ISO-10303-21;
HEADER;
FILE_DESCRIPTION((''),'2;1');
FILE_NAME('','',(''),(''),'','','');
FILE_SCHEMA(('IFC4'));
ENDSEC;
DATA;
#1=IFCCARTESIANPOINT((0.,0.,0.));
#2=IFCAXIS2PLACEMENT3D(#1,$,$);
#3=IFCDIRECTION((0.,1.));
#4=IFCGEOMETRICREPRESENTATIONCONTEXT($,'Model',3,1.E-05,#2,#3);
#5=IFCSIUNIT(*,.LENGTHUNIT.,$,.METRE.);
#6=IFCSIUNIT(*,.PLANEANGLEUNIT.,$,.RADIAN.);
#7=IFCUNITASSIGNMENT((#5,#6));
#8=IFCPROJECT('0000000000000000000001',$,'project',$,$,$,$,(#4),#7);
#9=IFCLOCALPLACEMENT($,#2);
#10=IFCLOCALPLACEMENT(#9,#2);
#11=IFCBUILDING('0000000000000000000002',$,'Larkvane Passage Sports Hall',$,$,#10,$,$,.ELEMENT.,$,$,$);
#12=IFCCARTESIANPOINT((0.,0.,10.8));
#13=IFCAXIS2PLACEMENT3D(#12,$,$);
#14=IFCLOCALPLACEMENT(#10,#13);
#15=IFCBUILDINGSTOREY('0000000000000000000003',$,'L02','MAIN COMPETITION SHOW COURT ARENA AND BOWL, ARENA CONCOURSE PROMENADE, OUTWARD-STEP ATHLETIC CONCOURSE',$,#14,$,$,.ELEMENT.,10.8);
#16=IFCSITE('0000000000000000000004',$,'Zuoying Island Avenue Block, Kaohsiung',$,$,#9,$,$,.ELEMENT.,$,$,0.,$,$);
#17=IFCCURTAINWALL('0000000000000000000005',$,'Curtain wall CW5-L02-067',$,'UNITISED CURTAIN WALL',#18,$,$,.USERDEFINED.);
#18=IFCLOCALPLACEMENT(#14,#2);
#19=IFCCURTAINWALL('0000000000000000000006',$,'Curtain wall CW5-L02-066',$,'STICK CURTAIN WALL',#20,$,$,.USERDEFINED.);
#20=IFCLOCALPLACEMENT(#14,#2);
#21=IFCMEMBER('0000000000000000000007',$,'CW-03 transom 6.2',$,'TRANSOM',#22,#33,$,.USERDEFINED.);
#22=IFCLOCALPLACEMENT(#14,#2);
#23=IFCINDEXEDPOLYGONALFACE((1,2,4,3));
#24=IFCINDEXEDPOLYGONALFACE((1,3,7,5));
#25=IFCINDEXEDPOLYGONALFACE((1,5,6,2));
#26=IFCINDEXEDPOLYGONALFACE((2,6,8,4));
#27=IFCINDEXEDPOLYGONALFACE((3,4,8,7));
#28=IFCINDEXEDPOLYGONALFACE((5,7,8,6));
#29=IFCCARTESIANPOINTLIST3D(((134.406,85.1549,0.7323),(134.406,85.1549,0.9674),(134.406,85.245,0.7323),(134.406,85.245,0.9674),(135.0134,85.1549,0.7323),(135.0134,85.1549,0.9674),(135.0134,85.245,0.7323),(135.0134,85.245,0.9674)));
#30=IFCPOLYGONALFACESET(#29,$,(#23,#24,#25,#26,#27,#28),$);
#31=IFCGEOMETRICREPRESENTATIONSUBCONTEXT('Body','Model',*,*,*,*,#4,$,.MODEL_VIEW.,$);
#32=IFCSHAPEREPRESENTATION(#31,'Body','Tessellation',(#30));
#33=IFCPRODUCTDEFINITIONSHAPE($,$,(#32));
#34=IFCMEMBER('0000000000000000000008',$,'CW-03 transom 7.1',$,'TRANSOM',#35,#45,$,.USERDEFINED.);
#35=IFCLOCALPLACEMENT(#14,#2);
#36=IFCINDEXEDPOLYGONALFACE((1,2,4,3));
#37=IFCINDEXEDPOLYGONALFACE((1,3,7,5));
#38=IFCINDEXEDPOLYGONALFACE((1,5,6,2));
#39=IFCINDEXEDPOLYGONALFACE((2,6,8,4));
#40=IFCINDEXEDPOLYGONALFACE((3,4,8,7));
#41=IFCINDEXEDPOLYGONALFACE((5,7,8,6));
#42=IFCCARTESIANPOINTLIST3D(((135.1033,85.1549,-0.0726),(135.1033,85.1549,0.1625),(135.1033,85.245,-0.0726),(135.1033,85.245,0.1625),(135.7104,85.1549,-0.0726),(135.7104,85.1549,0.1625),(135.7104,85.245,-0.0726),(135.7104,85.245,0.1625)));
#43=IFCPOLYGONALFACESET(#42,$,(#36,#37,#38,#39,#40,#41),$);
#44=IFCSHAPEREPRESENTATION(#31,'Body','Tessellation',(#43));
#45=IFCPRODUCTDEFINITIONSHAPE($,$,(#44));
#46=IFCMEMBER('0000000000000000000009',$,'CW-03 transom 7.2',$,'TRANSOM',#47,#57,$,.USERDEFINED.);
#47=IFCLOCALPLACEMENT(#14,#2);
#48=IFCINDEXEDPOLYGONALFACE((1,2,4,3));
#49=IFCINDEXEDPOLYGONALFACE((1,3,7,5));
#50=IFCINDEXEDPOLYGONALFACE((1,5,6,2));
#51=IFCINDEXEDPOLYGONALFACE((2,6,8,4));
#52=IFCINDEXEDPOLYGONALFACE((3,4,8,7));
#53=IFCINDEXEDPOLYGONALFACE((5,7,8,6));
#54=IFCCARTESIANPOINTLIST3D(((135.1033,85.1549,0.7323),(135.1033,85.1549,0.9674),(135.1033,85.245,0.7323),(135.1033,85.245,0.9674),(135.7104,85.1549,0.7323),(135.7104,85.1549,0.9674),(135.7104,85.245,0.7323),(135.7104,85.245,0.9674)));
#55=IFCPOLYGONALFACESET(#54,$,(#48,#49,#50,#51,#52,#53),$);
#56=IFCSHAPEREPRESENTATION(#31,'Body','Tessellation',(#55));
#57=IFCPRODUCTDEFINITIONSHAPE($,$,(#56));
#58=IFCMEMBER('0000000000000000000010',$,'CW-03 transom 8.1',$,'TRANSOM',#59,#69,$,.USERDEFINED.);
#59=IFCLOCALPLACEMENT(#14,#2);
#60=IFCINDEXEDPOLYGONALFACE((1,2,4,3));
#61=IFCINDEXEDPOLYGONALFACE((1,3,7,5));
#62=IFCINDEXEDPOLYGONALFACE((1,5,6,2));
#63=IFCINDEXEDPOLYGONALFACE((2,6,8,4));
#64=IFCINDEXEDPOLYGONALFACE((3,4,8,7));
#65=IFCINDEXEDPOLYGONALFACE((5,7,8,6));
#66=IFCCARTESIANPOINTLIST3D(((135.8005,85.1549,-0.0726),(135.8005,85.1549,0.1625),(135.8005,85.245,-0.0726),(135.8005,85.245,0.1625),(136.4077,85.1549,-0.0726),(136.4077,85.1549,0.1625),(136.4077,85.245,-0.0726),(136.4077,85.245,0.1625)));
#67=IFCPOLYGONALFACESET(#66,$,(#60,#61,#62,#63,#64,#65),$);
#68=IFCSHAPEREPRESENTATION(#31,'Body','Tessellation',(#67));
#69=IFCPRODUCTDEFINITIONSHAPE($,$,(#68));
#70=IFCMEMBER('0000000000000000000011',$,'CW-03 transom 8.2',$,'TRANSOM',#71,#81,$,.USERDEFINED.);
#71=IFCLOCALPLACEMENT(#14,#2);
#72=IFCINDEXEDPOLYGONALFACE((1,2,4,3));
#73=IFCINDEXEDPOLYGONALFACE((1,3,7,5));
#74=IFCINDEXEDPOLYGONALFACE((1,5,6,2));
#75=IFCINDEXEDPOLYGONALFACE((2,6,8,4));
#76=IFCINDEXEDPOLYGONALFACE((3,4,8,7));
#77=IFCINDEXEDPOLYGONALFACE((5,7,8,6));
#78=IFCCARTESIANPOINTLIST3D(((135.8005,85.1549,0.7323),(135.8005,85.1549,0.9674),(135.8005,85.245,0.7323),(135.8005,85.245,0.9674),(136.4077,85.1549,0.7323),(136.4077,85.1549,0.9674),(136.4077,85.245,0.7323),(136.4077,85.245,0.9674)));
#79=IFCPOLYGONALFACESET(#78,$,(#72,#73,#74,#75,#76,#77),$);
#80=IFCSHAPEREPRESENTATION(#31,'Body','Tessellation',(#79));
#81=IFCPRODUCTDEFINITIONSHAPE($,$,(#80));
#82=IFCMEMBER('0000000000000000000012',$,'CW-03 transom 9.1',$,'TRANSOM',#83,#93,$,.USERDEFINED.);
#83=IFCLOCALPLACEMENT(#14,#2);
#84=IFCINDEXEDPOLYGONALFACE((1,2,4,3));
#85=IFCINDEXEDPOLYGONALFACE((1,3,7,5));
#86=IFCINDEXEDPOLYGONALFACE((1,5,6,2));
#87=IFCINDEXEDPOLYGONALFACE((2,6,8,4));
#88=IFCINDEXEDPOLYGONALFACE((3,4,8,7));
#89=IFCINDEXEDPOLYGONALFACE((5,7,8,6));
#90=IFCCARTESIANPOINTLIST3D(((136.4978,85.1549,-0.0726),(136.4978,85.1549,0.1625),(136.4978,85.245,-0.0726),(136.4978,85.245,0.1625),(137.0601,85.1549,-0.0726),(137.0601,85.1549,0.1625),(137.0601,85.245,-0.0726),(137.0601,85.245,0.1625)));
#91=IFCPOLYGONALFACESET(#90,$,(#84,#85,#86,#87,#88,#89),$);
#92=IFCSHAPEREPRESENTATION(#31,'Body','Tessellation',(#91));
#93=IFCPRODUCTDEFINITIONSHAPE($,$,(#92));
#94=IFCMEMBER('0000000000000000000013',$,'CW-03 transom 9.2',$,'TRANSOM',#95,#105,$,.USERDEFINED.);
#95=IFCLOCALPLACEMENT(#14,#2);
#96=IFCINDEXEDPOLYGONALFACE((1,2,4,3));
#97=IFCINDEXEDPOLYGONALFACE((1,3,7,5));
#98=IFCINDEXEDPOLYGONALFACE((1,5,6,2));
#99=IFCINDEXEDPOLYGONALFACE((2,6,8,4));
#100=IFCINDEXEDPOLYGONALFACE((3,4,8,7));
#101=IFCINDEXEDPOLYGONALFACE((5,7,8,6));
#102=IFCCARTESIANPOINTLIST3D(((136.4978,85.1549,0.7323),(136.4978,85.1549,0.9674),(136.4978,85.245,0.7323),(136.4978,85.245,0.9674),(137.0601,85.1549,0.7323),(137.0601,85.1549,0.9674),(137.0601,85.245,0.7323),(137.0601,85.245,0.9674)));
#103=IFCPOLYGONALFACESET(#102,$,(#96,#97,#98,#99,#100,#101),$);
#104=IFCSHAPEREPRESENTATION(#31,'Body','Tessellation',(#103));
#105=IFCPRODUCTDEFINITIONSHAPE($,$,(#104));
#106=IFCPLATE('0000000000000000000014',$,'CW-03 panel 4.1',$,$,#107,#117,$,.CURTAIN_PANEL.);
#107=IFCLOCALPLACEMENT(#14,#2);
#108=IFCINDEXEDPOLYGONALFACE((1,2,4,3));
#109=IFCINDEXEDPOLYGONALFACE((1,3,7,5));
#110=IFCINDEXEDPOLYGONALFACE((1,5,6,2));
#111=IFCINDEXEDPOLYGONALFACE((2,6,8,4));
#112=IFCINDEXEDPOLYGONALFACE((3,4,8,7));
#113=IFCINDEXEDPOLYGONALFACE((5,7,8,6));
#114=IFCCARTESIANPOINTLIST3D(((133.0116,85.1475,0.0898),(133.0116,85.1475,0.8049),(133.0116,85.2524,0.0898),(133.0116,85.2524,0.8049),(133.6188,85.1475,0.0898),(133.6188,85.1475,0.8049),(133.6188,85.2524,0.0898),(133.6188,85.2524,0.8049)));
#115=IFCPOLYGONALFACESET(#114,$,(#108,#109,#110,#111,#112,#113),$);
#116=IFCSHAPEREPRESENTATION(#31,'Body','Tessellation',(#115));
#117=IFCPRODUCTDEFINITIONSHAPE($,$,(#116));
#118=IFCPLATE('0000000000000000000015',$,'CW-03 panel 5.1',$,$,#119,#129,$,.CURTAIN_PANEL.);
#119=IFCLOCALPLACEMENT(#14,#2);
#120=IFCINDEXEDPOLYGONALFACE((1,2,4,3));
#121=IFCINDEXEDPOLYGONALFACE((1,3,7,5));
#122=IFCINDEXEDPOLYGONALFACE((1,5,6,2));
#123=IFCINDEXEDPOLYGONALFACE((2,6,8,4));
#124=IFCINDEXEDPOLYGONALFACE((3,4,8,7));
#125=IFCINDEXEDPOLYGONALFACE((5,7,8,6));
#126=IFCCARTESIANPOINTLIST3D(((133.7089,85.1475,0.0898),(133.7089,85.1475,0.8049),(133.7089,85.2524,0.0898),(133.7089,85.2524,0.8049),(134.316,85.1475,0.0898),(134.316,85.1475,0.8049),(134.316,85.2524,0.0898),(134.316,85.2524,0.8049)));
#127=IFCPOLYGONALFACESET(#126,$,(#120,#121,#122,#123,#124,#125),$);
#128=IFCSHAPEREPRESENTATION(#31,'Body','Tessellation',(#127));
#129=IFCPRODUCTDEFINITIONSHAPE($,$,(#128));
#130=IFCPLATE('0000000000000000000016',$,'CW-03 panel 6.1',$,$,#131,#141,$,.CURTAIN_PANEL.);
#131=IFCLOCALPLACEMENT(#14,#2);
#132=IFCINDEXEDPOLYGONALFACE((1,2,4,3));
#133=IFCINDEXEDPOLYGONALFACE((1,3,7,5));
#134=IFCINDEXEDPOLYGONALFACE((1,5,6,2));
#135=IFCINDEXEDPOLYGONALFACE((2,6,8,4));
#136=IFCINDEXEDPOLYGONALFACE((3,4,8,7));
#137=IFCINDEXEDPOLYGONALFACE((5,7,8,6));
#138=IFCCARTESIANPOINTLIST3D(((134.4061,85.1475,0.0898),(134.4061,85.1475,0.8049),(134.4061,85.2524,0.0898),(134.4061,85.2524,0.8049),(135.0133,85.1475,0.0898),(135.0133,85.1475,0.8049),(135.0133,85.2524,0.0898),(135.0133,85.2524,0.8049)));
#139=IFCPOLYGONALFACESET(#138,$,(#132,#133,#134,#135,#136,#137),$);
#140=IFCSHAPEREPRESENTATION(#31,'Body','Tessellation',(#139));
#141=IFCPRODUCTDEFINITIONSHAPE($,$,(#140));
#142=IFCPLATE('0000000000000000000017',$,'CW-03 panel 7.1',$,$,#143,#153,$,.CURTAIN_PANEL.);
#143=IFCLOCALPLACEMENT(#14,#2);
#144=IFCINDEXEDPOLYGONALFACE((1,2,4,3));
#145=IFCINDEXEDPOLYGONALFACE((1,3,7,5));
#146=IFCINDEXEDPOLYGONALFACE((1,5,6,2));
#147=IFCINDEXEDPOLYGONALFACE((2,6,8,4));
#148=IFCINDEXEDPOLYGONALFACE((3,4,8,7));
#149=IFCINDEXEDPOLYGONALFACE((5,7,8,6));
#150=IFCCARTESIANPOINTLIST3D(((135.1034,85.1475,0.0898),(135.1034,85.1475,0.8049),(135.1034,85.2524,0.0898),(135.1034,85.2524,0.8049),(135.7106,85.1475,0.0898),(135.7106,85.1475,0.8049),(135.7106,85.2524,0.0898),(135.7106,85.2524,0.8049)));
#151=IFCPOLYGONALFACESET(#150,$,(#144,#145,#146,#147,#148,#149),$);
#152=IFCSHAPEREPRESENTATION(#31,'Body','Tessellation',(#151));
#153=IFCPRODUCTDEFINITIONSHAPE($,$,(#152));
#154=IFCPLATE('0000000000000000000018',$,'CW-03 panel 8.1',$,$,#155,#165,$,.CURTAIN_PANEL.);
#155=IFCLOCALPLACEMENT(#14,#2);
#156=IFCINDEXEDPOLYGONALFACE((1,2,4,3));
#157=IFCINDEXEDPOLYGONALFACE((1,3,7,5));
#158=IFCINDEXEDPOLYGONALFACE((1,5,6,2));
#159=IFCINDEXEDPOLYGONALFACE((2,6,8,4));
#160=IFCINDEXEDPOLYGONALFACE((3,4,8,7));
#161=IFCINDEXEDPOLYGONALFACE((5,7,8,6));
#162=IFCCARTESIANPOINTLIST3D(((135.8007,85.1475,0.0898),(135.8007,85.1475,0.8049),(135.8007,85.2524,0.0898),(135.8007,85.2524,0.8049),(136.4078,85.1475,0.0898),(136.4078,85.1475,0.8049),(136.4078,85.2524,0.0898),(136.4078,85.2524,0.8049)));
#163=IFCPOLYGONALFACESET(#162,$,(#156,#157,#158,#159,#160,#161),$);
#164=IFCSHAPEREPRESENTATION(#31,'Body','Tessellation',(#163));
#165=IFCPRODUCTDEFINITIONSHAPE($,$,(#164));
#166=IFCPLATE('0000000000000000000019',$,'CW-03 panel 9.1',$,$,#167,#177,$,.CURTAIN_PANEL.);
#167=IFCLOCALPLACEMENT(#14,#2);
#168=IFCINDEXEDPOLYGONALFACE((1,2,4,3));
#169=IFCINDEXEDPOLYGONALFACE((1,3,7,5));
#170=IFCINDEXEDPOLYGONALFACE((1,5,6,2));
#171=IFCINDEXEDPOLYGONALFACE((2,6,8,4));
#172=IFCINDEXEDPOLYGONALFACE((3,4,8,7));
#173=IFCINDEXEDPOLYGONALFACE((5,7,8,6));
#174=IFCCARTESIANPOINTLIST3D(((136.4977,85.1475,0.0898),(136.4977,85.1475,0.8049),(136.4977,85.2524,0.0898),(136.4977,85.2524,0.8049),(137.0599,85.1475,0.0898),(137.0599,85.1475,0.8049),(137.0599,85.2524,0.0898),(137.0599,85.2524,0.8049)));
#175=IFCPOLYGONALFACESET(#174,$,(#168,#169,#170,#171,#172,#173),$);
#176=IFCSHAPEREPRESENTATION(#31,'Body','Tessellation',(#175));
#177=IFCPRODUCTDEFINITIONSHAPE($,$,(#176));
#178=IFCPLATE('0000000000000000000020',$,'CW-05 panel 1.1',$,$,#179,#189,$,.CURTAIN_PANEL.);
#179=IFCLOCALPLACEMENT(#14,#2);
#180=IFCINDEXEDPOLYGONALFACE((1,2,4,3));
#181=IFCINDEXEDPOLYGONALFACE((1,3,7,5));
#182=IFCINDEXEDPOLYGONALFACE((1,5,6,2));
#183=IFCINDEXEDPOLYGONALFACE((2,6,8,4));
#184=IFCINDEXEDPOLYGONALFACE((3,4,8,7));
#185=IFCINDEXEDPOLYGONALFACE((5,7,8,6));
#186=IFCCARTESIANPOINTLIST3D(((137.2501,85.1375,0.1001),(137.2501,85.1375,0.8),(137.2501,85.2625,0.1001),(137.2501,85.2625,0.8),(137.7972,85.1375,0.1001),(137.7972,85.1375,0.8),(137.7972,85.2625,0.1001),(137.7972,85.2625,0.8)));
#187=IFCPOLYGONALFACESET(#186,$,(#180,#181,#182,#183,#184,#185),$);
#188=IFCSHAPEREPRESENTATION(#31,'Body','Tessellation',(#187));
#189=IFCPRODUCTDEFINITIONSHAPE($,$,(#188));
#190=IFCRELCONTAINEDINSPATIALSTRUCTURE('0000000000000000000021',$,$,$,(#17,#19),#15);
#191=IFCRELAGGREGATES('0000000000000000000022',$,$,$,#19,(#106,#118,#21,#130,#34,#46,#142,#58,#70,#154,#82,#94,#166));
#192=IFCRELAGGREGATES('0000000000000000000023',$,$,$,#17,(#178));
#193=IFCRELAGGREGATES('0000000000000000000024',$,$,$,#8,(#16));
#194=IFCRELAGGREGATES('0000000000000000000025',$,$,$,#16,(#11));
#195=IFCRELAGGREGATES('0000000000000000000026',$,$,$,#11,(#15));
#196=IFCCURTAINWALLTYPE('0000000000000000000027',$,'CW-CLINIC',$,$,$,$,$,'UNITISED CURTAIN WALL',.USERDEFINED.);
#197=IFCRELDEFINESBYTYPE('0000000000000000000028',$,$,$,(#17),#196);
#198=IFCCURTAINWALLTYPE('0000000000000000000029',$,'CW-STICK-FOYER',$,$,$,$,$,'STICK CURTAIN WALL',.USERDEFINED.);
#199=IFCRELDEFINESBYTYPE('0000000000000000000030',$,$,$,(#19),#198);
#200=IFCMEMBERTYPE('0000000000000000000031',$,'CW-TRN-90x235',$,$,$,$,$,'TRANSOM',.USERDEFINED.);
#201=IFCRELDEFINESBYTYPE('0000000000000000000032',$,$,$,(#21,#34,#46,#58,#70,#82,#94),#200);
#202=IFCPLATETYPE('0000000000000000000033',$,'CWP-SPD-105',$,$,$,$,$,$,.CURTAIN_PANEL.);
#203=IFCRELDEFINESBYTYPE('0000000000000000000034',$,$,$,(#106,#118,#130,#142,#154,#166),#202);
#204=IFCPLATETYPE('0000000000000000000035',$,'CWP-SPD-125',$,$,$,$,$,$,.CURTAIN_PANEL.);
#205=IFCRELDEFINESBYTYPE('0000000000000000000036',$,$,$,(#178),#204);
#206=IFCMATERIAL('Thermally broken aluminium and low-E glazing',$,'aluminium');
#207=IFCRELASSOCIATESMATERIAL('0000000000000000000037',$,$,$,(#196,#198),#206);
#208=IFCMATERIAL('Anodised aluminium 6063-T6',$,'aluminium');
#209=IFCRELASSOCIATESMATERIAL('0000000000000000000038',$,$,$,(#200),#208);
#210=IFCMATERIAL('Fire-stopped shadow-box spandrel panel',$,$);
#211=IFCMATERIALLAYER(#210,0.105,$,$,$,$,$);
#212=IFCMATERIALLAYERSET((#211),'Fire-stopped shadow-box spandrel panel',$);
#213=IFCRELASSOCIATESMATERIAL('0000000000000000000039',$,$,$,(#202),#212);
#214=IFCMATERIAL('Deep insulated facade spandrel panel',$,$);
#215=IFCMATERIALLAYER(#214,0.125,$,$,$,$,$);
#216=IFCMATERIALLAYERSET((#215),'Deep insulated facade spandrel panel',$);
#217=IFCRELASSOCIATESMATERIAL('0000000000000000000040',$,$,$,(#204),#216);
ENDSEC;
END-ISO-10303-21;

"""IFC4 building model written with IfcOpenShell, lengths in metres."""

from ifc_helpers import new_model, si_unit, direction, frame, origin, origin_2d, place, context, subcontext, project, spatial, rectangle, extrude, material, layer, layer_set, material_profile, profile_set, type_object, element, aggregate, save


model = new_model("IFC4")

# Units and contexts
model_context = context("Model", 3, precision=1e-05, world=origin(), true_north=direction((0.0, 1.0)))
body_context = subcontext(model_context, "Body", "Model", "MODEL_VIEW")
ifc_project = project(units=[si_unit("LENGTHUNIT", "METRE"), si_unit("PLANEANGLEUNIT", "RADIAN")], contexts=[model_context])

# Site, building, storey
site_placement = place(None, origin())
site = spatial("IfcSite", under=ifc_project, at=site_placement, Name="Zuoying Island Avenue Block, Kaohsiung", CompositionType="ELEMENT", RefElevation=0.0)
building_placement = place(site_placement, origin())
building = spatial("IfcBuilding", under=site, at=building_placement, Name="Larkvane Passage Sports Hall", CompositionType="ELEMENT")
storey_placement = place(building_placement, frame((0.0, 0.0, 10.8)))
storey = spatial("IfcBuildingStorey", under=building, at=storey_placement, Name="L02", Description="MAIN COMPETITION SHOW COURT ARENA AND BOWL, ARENA CONCOURSE PROMENADE, OUTWARD-STEP ATHLETIC CONCOURSE", CompositionType="ELEMENT", Elevation=10.8)

# Curtain walls
ifc_material_1 = material(Name="Thermally broken aluminium and low-E glazing", Category="aluminium")
curtain_wall_type_1 = type_object("IfcCurtainWallType", Name="CW-CLINIC", ElementType="UNITISED CURTAIN WALL", PredefinedType="USERDEFINED", material=ifc_material_1)
curtain_wall_1_placement = place(storey_placement, origin())
curtain_wall_1 = element("IfcCurtainWall", 1, at=curtain_wall_1_placement, inside=storey, type_object=curtain_wall_type_1, Name="Curtain wall CW5-L02-067", ObjectType="UNITISED CURTAIN WALL", PredefinedType="USERDEFINED")
ifc_material_2 = material(Name="Anodised aluminium 6063-T6", Category="aluminium")
curtain_wall_type_2 = type_object("IfcCurtainWallType", Name="CW-STICK-FOYER", ElementType="STICK CURTAIN WALL", PredefinedType="USERDEFINED", material=ifc_material_1)
curtain_wall_2_placement = place(storey_placement, origin())
curtain_wall_2 = element("IfcCurtainWall", 2, at=curtain_wall_2_placement, inside=storey, type_object=curtain_wall_type_2, Name="Curtain wall CW5-L02-066", ObjectType="STICK CURTAIN WALL", PredefinedType="USERDEFINED")

# Members
ifc_material_profile_1 = material_profile(ifc_material_2, rectangle(XDim=0.0901, YDim=0.2351, at=origin_2d()), Name="ALU-TRN-90x235")
ifc_profile_set_1 = profile_set([ifc_material_profile_1], Name="Anodised aluminium 6063-T6")
member_type_1 = type_object("IfcMemberType", Name="CW-TRN-90x235", ElementType="TRANSOM", PredefinedType="USERDEFINED", material=ifc_profile_set_1)
member_1_placement = place(storey_placement, frame((134.406, 85.2, 0.8499), z_axis=(1.0, 0.0, 0.0), x_axis=(0.0, 1.0, 0.0)))
member_1 = element("IfcMember", 3, at=member_1_placement, type_object=member_type_1, Name="CW-03 transom 6.2", ObjectType="TRANSOM", PredefinedType="USERDEFINED", context=body_context, shape_type="SweptSolid", body=[
    extrude(rectangle(XDim=0.0901, YDim=0.2351, at=origin_2d()), origin(), (0.0, 0.0, 1.0), 0.6074),
])
member_2_placement = place(storey_placement, frame((135.1033, 85.2, 0.0449), z_axis=(1.0, 0.0, 0.0), x_axis=(0.0, 1.0, 0.0)))
member_2 = element("IfcMember", 4, at=member_2_placement, type_object=member_type_1, Name="CW-03 transom 7.1", ObjectType="TRANSOM", PredefinedType="USERDEFINED", context=body_context, shape_type="SweptSolid", body=[
    extrude(rectangle(XDim=0.0901, YDim=0.2351, at=origin_2d()), origin(), (0.0, 0.0, 1.0), 0.6072),
])
member_3_placement = place(storey_placement, frame((135.1033, 85.2, 0.8499), z_axis=(1.0, 0.0, 0.0), x_axis=(0.0, 1.0, 0.0)))
member_3 = element("IfcMember", 5, at=member_3_placement, type_object=member_type_1, Name="CW-03 transom 7.2", ObjectType="TRANSOM", PredefinedType="USERDEFINED", context=body_context, shape_type="SweptSolid", body=[
    extrude(rectangle(XDim=0.0901, YDim=0.2351, at=origin_2d()), origin(), (0.0, 0.0, 1.0), 0.6072),
])
member_4_placement = place(storey_placement, frame((135.8005, 85.2, 0.0449), z_axis=(1.0, 0.0, 0.0), x_axis=(0.0, 1.0, 0.0)))
member_4 = element("IfcMember", 6, at=member_4_placement, type_object=member_type_1, Name="CW-03 transom 8.1", ObjectType="TRANSOM", PredefinedType="USERDEFINED", context=body_context, shape_type="SweptSolid", body=[
    extrude(rectangle(XDim=0.0901, YDim=0.2351, at=origin_2d()), origin(), (0.0, 0.0, 1.0), 0.6072),
])
member_5_placement = place(storey_placement, frame((135.8005, 85.2, 0.8499), z_axis=(1.0, 0.0, 0.0), x_axis=(0.0, 1.0, 0.0)))
member_5 = element("IfcMember", 7, at=member_5_placement, type_object=member_type_1, Name="CW-03 transom 8.2", ObjectType="TRANSOM", PredefinedType="USERDEFINED", context=body_context, shape_type="SweptSolid", body=[
    extrude(rectangle(XDim=0.0901, YDim=0.2351, at=origin_2d()), origin(), (0.0, 0.0, 1.0), 0.6072),
])
member_6_placement = place(storey_placement, frame((136.4978, 85.2, 0.0449), z_axis=(1.0, 0.0, 0.0), x_axis=(0.0, 1.0, 0.0)))
member_6 = element("IfcMember", 8, at=member_6_placement, type_object=member_type_1, Name="CW-03 transom 9.1", ObjectType="TRANSOM", PredefinedType="USERDEFINED", context=body_context, shape_type="SweptSolid", body=[
    extrude(rectangle(XDim=0.0901, YDim=0.2351, at=origin_2d()), origin(), (0.0, 0.0, 1.0), 0.5623),
])
member_7_placement = place(storey_placement, frame((136.4978, 85.2, 0.8499), z_axis=(1.0, 0.0, 0.0), x_axis=(0.0, 1.0, 0.0)))
member_7 = element("IfcMember", 9, at=member_7_placement, type_object=member_type_1, Name="CW-03 transom 9.2", ObjectType="TRANSOM", PredefinedType="USERDEFINED", context=body_context, shape_type="SweptSolid", body=[
    extrude(rectangle(XDim=0.0901, YDim=0.2351, at=origin_2d()), origin(), (0.0, 0.0, 1.0), 0.5623),
])

# Plates
ifc_material_3 = material(Name="Fire-stopped shadow-box spandrel panel")
ifc_layer_1 = layer(ifc_material_3, 0.105)
ifc_layer_set_1 = layer_set([ifc_layer_1], Name="Fire-stopped shadow-box spandrel panel")
plate_type_1 = type_object("IfcPlateType", Name="CWP-SPD-105", PredefinedType="CURTAIN_PANEL", material=ifc_layer_set_1)
plate_1_placement = place(storey_placement, frame((133.3152, 85.2, 0.0898), z_axis=(0.0, 0.0, 1.0), x_axis=(1.0, 0.0, 0.0)))
plate_1 = element("IfcPlate", 10, at=plate_1_placement, type_object=plate_type_1, Name="CW-03 panel 4.1", PredefinedType="CURTAIN_PANEL", context=body_context, shape_type="SweptSolid", body=[
    extrude(rectangle(XDim=0.6072, YDim=0.105, at=origin_2d()), origin(), (0.0, 0.0, 1.0), 0.7151),
])
plate_2_placement = place(storey_placement, frame((134.0125, 85.2, 0.0898), z_axis=(0.0, 0.0, 1.0), x_axis=(1.0, 0.0, 0.0)))
plate_2 = element("IfcPlate", 11, at=plate_2_placement, type_object=plate_type_1, Name="CW-03 panel 5.1", PredefinedType="CURTAIN_PANEL", context=body_context, shape_type="SweptSolid", body=[
    extrude(rectangle(XDim=0.6072, YDim=0.105, at=origin_2d()), origin(), (0.0, 0.0, 1.0), 0.7151),
])
plate_3_placement = place(storey_placement, frame((134.7097, 85.2, 0.0898), z_axis=(0.0, 0.0, 1.0), x_axis=(1.0, 0.0, 0.0)))
plate_3 = element("IfcPlate", 12, at=plate_3_placement, type_object=plate_type_1, Name="CW-03 panel 6.1", PredefinedType="CURTAIN_PANEL", context=body_context, shape_type="SweptSolid", body=[
    extrude(rectangle(XDim=0.6072, YDim=0.105, at=origin_2d()), origin(), (0.0, 0.0, 1.0), 0.7151),
])
plate_4_placement = place(storey_placement, frame((135.407, 85.2, 0.0898), z_axis=(0.0, 0.0, 1.0), x_axis=(1.0, 0.0, 0.0)))
plate_4 = element("IfcPlate", 13, at=plate_4_placement, type_object=plate_type_1, Name="CW-03 panel 7.1", PredefinedType="CURTAIN_PANEL", context=body_context, shape_type="SweptSolid", body=[
    extrude(rectangle(XDim=0.6072, YDim=0.105, at=origin_2d()), origin(), (0.0, 0.0, 1.0), 0.7151),
])
plate_5_placement = place(storey_placement, frame((136.1042, 85.2, 0.0898), z_axis=(0.0, 0.0, 1.0), x_axis=(1.0, 0.0, 0.0)))
plate_5 = element("IfcPlate", 14, at=plate_5_placement, type_object=plate_type_1, Name="CW-03 panel 8.1", PredefinedType="CURTAIN_PANEL", context=body_context, shape_type="SweptSolid", body=[
    extrude(rectangle(XDim=0.6072, YDim=0.105, at=origin_2d()), origin(), (0.0, 0.0, 1.0), 0.7151),
])
plate_6_placement = place(storey_placement, frame((136.7788, 85.2, 0.0898), z_axis=(0.0, 0.0, 1.0), x_axis=(1.0, 0.0, 0.0)))
plate_6 = element("IfcPlate", 15, at=plate_6_placement, type_object=plate_type_1, Name="CW-03 panel 9.1", PredefinedType="CURTAIN_PANEL", context=body_context, shape_type="SweptSolid", body=[
    extrude(rectangle(XDim=0.5623, YDim=0.105, at=origin_2d()), origin(), (0.0, 0.0, 1.0), 0.7151),
])
aggregate(curtain_wall_2, [plate_1, plate_2, member_1, plate_3, member_2, member_3, plate_4, member_4, member_5, plate_5, member_6, member_7, plate_6])
ifc_material_4 = material(Name="Deep insulated facade spandrel panel")
ifc_layer_2 = layer(ifc_material_4, 0.125)
ifc_layer_set_2 = layer_set([ifc_layer_2], Name="Deep insulated facade spandrel panel")
plate_type_2 = type_object("IfcPlateType", Name="CWP-SPD-125", PredefinedType="CURTAIN_PANEL", material=ifc_layer_set_2)
plate_7_placement = place(storey_placement, frame((137.5237, 85.2, 0.1001), z_axis=(0.0, 0.0, 1.0), x_axis=(1.0, 0.0, 0.0)))
plate_7 = element("IfcPlate", 16, at=plate_7_placement, type_object=plate_type_2, Name="CW-05 panel 1.1", PredefinedType="CURTAIN_PANEL", context=body_context, shape_type="SweptSolid", body=[
    extrude(rectangle(XDim=0.5471, YDim=0.125, at=origin_2d()), origin(), (0.0, 0.0, 1.0), 0.7),
])
aggregate(curtain_wall_1, [plate_7])

save(model, "model.ifc")
